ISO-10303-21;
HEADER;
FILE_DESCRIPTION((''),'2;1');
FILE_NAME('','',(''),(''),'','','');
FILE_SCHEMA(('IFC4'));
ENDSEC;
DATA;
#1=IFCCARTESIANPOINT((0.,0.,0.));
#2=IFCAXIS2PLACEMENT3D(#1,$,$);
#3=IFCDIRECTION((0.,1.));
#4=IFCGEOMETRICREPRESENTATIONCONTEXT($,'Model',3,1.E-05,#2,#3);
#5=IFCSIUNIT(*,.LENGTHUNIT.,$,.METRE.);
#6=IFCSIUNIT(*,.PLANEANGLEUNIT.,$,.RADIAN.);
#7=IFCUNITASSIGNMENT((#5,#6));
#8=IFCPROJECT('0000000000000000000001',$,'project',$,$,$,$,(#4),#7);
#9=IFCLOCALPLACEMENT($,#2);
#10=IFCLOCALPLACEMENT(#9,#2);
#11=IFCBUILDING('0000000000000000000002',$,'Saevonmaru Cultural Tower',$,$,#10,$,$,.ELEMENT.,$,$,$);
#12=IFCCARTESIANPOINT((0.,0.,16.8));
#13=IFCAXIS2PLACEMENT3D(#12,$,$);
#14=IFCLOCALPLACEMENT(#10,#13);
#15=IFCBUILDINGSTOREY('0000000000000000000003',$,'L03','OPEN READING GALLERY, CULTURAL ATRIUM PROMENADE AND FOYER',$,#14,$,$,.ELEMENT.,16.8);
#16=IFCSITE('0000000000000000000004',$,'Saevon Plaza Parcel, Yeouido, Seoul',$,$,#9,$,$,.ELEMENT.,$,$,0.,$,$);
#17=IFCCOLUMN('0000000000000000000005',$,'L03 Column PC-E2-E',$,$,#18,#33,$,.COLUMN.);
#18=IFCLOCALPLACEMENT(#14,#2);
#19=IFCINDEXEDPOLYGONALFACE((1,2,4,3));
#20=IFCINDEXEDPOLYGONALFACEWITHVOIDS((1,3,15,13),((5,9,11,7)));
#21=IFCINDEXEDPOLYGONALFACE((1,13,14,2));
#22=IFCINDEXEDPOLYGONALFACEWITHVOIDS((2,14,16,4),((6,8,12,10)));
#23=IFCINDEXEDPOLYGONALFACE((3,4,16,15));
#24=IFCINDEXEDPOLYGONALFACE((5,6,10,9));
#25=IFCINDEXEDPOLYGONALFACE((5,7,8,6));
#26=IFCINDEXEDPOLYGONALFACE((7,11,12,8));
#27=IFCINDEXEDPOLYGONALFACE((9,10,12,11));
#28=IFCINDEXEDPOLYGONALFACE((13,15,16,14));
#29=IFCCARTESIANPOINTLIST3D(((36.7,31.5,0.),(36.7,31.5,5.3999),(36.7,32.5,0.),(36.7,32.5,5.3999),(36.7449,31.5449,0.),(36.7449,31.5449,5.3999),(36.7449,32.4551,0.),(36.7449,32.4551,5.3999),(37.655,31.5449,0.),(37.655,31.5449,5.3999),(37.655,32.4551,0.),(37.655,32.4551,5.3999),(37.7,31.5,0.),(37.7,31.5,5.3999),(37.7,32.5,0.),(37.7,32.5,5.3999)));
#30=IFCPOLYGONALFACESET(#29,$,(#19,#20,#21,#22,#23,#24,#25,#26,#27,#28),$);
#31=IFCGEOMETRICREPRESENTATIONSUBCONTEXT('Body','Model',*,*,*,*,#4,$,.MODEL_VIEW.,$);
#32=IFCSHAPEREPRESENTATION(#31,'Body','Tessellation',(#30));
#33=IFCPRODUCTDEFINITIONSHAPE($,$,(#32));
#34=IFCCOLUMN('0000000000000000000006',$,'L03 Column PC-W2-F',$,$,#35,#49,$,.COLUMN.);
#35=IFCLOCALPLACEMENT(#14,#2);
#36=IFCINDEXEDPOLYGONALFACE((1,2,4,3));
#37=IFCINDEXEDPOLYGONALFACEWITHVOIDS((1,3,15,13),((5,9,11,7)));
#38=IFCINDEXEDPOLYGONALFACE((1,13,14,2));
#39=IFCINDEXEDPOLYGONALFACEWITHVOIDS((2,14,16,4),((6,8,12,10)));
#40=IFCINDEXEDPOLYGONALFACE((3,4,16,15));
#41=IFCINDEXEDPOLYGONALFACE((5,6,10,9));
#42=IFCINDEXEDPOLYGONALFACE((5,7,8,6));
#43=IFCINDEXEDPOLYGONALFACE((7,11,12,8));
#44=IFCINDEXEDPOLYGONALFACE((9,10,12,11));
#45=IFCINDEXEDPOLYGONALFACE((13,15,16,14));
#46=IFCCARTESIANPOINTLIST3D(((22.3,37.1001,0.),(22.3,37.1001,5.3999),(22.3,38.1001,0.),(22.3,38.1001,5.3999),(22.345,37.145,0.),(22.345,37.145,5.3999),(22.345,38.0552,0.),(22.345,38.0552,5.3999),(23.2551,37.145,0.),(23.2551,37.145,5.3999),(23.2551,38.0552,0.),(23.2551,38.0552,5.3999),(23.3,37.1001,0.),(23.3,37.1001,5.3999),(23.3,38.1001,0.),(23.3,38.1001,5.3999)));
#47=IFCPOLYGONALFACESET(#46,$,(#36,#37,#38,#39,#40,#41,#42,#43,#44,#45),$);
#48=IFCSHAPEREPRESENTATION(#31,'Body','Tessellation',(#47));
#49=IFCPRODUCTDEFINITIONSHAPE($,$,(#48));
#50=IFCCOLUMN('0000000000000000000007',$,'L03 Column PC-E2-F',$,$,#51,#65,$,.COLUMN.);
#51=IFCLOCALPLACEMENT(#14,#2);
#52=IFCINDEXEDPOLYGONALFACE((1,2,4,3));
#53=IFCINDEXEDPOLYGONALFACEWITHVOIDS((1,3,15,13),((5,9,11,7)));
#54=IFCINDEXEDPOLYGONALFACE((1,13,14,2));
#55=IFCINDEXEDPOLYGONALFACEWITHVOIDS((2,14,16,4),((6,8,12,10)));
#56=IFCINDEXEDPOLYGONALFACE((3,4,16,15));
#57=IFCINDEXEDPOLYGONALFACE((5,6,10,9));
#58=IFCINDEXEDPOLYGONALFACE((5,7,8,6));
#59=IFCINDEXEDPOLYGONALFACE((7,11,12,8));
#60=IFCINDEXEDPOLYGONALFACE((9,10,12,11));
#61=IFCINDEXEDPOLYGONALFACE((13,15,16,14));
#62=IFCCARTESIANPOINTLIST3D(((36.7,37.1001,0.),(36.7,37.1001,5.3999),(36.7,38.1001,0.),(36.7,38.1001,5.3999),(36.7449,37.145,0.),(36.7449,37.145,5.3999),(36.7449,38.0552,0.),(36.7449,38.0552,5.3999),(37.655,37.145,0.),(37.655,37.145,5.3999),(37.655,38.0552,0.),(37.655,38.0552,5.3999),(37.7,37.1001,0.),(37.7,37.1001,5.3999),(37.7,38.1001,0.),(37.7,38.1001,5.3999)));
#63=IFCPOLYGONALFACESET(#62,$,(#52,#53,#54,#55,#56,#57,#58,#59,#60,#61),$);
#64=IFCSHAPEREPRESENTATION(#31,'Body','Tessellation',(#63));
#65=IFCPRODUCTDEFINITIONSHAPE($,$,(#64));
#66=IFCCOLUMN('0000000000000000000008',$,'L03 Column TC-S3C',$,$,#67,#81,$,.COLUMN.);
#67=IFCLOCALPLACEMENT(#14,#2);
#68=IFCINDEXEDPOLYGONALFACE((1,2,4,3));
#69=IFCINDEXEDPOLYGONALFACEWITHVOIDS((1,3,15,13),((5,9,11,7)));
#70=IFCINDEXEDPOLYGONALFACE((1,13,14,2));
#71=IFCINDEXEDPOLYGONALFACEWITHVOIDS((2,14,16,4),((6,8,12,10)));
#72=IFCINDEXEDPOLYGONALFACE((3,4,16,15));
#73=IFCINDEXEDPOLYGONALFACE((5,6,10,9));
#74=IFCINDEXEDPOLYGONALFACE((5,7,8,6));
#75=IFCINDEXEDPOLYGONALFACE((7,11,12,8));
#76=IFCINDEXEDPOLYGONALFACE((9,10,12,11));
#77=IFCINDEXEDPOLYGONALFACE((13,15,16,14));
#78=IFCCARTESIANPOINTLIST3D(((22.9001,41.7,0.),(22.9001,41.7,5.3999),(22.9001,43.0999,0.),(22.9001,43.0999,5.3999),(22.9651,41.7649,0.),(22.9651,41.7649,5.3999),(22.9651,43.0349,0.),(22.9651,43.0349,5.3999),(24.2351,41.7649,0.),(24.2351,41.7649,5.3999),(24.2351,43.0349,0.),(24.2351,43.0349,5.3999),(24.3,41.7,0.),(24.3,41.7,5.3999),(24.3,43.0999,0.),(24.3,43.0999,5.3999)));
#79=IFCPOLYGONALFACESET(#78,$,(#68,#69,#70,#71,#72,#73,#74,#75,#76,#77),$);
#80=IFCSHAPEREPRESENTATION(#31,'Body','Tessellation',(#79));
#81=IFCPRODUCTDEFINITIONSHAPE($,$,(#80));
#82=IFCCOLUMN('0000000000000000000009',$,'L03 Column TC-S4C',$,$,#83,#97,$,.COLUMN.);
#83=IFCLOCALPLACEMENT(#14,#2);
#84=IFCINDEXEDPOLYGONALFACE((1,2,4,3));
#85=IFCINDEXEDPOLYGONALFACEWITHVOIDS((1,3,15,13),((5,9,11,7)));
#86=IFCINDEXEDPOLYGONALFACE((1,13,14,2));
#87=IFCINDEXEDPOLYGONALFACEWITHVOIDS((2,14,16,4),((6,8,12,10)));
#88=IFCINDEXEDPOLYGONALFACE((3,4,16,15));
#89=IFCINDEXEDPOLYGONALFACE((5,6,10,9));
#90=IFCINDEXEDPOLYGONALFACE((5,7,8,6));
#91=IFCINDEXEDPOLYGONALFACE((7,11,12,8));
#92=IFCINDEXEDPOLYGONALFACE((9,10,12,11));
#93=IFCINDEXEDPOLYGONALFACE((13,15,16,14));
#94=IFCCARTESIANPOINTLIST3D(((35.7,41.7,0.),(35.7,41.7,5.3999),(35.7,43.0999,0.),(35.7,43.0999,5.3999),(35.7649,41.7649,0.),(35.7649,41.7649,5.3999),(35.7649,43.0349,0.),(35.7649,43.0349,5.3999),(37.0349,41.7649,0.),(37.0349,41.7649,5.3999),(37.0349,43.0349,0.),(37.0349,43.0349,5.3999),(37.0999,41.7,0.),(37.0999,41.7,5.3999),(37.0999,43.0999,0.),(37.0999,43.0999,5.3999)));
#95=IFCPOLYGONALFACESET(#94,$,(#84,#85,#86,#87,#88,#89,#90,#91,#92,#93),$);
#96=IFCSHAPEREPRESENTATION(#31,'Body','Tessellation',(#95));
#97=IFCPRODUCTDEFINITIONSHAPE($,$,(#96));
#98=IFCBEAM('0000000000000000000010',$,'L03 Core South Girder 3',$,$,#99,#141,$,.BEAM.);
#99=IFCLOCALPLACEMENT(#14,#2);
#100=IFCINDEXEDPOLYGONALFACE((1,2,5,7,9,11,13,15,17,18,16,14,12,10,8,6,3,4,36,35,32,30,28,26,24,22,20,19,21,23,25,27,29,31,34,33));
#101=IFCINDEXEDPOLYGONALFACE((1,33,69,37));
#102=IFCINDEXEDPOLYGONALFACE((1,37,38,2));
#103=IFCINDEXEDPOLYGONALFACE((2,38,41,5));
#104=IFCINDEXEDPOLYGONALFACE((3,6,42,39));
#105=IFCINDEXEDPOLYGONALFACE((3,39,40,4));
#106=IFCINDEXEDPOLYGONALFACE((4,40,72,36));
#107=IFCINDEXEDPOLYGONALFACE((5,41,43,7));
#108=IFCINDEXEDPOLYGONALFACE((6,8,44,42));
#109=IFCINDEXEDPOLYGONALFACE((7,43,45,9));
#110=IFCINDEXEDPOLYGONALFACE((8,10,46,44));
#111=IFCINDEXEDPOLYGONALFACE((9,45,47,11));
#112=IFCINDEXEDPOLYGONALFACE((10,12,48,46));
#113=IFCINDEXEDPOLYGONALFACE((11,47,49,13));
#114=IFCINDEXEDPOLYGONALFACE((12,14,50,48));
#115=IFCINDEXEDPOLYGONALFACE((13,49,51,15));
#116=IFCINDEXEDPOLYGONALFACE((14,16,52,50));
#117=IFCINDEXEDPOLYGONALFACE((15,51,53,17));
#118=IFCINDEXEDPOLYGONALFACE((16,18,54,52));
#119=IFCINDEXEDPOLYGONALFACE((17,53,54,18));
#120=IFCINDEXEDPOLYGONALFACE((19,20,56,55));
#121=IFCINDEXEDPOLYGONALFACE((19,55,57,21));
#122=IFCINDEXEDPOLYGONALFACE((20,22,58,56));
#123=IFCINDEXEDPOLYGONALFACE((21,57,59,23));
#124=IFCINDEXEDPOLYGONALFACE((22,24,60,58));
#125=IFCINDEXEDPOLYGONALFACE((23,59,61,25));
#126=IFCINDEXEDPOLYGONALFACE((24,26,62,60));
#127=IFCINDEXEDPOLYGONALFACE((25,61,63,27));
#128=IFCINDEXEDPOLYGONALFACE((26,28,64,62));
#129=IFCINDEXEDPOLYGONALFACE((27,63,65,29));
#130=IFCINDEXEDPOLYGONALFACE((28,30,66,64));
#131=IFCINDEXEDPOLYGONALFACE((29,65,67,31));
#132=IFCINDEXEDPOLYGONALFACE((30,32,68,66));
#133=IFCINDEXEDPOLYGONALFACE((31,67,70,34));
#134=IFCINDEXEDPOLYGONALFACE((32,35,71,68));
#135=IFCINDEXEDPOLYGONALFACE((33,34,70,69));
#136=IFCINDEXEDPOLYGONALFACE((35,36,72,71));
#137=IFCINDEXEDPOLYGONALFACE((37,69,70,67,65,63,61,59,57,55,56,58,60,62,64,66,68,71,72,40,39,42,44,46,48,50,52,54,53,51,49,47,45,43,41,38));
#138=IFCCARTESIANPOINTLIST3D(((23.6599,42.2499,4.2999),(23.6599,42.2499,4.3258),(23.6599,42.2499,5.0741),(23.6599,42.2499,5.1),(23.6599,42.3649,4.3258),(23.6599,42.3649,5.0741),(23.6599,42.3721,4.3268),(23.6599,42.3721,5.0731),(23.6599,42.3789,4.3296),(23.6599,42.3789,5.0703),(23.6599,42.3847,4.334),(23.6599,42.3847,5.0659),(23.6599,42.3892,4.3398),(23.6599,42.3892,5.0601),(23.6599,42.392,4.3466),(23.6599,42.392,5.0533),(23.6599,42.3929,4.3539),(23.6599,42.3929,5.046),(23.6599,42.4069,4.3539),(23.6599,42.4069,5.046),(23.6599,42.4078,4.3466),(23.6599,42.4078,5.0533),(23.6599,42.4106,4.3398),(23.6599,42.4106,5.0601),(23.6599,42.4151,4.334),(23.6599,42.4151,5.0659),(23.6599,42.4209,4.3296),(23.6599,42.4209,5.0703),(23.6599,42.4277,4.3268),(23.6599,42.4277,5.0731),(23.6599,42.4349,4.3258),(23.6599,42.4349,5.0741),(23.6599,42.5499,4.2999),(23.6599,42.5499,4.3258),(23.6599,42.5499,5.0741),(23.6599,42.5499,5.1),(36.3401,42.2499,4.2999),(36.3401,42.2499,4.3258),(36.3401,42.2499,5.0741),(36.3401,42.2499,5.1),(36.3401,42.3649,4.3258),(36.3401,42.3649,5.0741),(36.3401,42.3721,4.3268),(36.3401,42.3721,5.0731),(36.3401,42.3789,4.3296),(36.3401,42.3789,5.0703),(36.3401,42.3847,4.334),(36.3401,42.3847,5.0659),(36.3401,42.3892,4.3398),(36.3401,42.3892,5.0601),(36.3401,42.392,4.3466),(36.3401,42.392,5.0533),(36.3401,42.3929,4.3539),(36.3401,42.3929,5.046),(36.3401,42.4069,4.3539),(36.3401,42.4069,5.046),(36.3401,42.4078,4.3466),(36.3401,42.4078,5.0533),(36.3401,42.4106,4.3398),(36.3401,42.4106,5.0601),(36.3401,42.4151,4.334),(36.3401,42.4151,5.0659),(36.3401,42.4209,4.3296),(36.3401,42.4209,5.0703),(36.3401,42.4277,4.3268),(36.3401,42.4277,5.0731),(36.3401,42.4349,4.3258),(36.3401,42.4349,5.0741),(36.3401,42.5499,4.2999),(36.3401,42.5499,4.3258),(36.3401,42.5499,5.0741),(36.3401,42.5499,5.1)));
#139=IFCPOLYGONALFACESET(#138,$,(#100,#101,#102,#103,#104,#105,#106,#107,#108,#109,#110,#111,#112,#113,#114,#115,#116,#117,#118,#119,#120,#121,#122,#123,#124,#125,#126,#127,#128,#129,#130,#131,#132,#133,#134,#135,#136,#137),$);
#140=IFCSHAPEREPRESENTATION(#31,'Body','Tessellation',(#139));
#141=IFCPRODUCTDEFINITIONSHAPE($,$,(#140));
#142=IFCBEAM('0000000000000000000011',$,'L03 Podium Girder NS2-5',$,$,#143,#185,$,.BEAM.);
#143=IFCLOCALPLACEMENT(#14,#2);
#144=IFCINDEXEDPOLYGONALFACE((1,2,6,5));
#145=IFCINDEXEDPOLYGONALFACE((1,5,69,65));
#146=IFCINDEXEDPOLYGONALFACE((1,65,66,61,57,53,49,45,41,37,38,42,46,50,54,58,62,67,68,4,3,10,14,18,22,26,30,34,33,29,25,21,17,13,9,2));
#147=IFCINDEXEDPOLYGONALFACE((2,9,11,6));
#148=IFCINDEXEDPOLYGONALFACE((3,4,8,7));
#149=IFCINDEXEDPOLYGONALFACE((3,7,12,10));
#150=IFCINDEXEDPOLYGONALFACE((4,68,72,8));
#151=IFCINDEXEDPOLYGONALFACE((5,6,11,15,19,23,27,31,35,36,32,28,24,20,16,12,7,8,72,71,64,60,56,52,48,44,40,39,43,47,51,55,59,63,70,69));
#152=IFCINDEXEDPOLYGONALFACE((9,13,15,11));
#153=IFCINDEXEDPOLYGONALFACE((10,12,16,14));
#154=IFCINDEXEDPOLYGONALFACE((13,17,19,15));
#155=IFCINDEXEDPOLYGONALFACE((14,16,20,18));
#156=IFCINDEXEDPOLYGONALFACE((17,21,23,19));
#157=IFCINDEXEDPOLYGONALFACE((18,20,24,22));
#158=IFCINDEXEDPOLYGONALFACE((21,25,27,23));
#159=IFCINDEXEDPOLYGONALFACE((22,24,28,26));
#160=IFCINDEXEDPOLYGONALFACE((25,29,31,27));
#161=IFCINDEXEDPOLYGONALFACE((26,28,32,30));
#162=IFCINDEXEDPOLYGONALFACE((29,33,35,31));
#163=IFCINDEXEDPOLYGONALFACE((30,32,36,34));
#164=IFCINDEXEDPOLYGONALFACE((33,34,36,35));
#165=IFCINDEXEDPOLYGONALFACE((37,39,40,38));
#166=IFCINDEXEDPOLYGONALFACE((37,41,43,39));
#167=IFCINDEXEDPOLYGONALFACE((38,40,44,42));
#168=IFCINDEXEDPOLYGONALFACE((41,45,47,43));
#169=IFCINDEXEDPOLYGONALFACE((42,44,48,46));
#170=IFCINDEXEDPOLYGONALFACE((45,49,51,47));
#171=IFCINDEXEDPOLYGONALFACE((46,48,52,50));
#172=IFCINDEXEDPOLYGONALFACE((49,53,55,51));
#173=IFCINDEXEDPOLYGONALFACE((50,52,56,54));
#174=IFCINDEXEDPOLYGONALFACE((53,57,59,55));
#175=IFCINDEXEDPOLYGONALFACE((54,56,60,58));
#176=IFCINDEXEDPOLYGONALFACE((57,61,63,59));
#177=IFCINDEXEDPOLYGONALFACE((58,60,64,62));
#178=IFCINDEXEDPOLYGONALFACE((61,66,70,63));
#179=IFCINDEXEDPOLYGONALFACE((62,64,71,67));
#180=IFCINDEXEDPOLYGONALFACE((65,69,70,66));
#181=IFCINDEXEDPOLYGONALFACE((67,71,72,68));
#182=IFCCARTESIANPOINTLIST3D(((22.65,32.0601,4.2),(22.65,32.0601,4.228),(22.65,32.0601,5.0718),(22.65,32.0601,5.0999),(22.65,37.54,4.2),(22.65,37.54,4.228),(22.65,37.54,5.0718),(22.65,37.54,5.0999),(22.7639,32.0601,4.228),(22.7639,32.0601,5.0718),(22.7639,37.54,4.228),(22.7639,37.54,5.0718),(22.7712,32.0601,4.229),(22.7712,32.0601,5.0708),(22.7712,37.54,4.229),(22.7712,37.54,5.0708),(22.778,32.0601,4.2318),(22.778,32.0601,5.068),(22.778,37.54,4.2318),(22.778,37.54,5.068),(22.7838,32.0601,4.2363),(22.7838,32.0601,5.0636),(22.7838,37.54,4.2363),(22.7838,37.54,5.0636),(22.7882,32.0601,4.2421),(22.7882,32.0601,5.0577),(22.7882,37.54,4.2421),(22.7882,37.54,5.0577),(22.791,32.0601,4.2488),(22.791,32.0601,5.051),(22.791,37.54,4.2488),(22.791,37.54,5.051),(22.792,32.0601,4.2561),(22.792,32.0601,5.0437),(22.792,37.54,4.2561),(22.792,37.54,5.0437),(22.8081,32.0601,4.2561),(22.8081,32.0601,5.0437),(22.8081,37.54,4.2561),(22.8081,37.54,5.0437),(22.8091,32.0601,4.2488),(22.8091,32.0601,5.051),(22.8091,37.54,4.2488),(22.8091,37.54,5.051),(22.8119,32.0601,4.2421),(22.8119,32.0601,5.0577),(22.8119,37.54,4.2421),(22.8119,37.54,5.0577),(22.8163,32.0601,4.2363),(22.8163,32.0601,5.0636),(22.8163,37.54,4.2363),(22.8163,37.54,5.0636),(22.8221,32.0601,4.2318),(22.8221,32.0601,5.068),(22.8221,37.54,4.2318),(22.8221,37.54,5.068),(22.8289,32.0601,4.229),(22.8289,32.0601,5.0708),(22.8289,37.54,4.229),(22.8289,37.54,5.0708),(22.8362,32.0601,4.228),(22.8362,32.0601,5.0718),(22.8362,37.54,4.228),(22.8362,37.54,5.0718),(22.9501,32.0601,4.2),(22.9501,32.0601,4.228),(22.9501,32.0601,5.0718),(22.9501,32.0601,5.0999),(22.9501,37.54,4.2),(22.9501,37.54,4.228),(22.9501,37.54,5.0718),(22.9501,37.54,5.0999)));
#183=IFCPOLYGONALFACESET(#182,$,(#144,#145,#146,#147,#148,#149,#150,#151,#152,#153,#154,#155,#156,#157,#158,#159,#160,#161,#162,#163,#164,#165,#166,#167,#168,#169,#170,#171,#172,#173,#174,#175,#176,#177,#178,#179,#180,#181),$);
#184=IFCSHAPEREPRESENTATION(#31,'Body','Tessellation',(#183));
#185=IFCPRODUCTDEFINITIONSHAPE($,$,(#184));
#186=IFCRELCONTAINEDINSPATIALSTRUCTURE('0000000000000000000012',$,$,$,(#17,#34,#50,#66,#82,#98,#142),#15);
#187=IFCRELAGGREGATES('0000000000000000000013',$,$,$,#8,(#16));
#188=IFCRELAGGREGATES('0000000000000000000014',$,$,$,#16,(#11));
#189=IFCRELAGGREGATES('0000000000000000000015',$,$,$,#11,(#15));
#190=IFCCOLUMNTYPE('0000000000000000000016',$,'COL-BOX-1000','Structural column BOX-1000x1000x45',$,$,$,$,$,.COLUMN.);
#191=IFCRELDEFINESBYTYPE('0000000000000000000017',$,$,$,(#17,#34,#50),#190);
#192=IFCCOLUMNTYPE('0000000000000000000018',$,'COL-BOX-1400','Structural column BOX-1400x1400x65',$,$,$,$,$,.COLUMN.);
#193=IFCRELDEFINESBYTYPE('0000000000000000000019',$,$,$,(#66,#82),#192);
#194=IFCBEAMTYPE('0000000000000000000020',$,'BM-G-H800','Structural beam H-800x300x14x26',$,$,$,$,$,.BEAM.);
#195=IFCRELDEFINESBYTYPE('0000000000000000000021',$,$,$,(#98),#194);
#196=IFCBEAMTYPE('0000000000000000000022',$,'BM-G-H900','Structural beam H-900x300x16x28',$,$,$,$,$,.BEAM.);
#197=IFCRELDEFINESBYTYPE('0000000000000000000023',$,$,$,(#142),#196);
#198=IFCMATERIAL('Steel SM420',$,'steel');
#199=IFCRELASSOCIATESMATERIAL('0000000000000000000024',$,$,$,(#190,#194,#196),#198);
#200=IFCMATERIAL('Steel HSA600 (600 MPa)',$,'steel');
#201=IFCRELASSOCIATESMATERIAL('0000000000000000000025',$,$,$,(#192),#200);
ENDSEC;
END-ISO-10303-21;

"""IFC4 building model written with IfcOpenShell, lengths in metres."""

from ifc_helpers import new_model, si_unit, direction, frame, origin, origin_2d, place, context, subcontext, project, spatial, hollow_rectangle, i_section, extrude, material, material_profile, profile_set, type_object, element, save


model = new_model("IFC4")

# Units and contexts
model_context = context("Model", 3, precision=1e-05, world=origin(), true_north=direction((0.0, 1.0)))
body_context = subcontext(model_context, "Body", "Model", "MODEL_VIEW")
ifc_project = project(units=[si_unit("LENGTHUNIT", "METRE"), si_unit("PLANEANGLEUNIT", "RADIAN")], contexts=[model_context])

# Site, building, storey
site_placement = place(None, origin())
site = spatial("IfcSite", under=ifc_project, at=site_placement, Name="Saevon Plaza Parcel, Yeouido, Seoul", CompositionType="ELEMENT", RefElevation=0.0)
building_placement = place(site_placement, origin())
building = spatial("IfcBuilding", under=site, at=building_placement, Name="Saevonmaru Cultural Tower", CompositionType="ELEMENT")
storey_placement = place(building_placement, frame((0.0, 0.0, 16.8)))
storey = spatial("IfcBuildingStorey", under=building, at=storey_placement, Name="L03", Description="OPEN READING GALLERY, CULTURAL ATRIUM PROMENADE AND FOYER", CompositionType="ELEMENT", Elevation=16.8)

# Columns
ifc_material_1 = material(Name="Steel SM420", Category="steel")
ifc_material_profile_1 = material_profile(ifc_material_1, hollow_rectangle(XDim=1.0, YDim=1.0, WallThickness=0.0449, at=origin_2d()), Name="BOX-1000x1000x45")
ifc_profile_set_1 = profile_set([ifc_material_profile_1], Name="Steel SM420")
column_type_1 = type_object("IfcColumnType", Name="COL-BOX-1000", Description="Structural column BOX-1000x1000x45", PredefinedType="COLUMN", material=ifc_profile_set_1)
for number, where, z_axis, x_axis, name in (
    (1, (37.2, 32.0, 0.0), (0.0, 0.0, 1.0), (1.0, 0.0, 0.0), "L03 Column PC-E2-E"),
    (2, (22.8, 37.6001, 0.0), (0.0, 0.0, 1.0), (1.0, 0.0, 0.0), "L03 Column PC-W2-F"),
    (3, (37.2, 37.6001, 0.0), (0.0, 0.0, 1.0), (1.0, 0.0, 0.0), "L03 Column PC-E2-F"),
):
    element("IfcColumn", number, at=place(storey_placement, frame(where, z_axis=z_axis, x_axis=x_axis)), inside=storey, type_object=column_type_1, Name=name, PredefinedType="COLUMN", context=body_context, shape_type="SweptSolid", body=[
        extrude(hollow_rectangle(XDim=1.0, YDim=1.0, WallThickness=0.0449, at=origin_2d()), origin(), (0.0, 0.0, 1.0), 5.3999),
    ])
ifc_material_2 = material(Name="Steel HSA600 (600 MPa)", Category="steel")
ifc_material_profile_2 = material_profile(ifc_material_2, hollow_rectangle(XDim=1.3999, YDim=1.3999, WallThickness=0.0649, at=origin_2d()), Name="BOX-1400x1400x65")
ifc_profile_set_2 = profile_set([ifc_material_profile_2], Name="Steel HSA600 (600 MPa)")
column_type_2 = type_object("IfcColumnType", Name="COL-BOX-1400", Description="Structural column BOX-1400x1400x65", PredefinedType="COLUMN", material=ifc_profile_set_2)
for number, where, z_axis, x_axis, name in (
    (4, (23.6001, 42.3999, 0.0), (0.0, 0.0, 1.0), (1.0, 0.0, 0.0), "L03 Column TC-S3C"),
    (5, (36.3999, 42.3999, 0.0), (0.0, 0.0, 1.0), (1.0, 0.0, 0.0), "L03 Column TC-S4C"),
):
    element("IfcColumn", number, at=place(storey_placement, frame(where, z_axis=z_axis, x_axis=x_axis)), inside=storey, type_object=column_type_2, Name=name, PredefinedType="COLUMN", context=body_context, shape_type="SweptSolid", body=[
        extrude(hollow_rectangle(XDim=1.3999, YDim=1.3999, WallThickness=0.0649, at=origin_2d()), origin(), (0.0, 0.0, 1.0), 5.3999),
    ])

# Beams
ifc_material_profile_3 = material_profile(ifc_material_1, i_section(OverallWidth=0.3, OverallDepth=0.8, WebThickness=0.0139, FlangeThickness=0.0259, FilletRadius=0.0281, at=origin_2d()), Name="H-800x300x14x26")
ifc_profile_set_3 = profile_set([ifc_material_profile_3], Name="Steel SM420")
beam_type_1 = type_object("IfcBeamType", Name="BM-G-H800", Description="Structural beam H-800x300x14x26", PredefinedType="BEAM", material=ifc_profile_set_3)
beam_1_placement = place(storey_placement, frame((23.6599, 42.3999, 4.7), z_axis=(1.0, 0.0, 0.0), x_axis=(0.0, 1.0, 0.0)))
element("IfcBeam", 6, at=beam_1_placement, inside=storey, type_object=beam_type_1, Name="L03 Core South Girder 3", PredefinedType="BEAM", context=body_context, shape_type="SweptSolid", body=[
    extrude(i_section(OverallWidth=0.3, OverallDepth=0.8, WebThickness=0.0139, FlangeThickness=0.0259, FilletRadius=0.0281, at=origin_2d()), origin(), (0.0, 0.0, 1.0), 12.6802),
])
ifc_material_profile_4 = material_profile(ifc_material_1, i_section(OverallWidth=0.3, OverallDepth=0.8999, WebThickness=0.0161, FlangeThickness=0.0281, FilletRadius=0.0281, at=origin_2d()), Name="H-900x300x16x28")
ifc_profile_set_4 = profile_set([ifc_material_profile_4], Name="Steel SM420")
beam_type_2 = type_object("IfcBeamType", Name="BM-G-H900", Description="Structural beam H-900x300x16x28", PredefinedType="BEAM", material=ifc_profile_set_4)
beam_2_placement = place(storey_placement, frame((22.8, 32.0601, 4.6499), z_axis=(0.0, 1.0, 0.0), x_axis=(-1.0, 0.0, 0.0)))
element("IfcBeam", 7, at=beam_2_placement, inside=storey, type_object=beam_type_2, Name="L03 Podium Girder NS2-5", PredefinedType="BEAM", context=body_context, shape_type="SweptSolid", body=[
    extrude(i_section(OverallWidth=0.3, OverallDepth=0.8999, WebThickness=0.0161, FlangeThickness=0.0281, FilletRadius=0.0281, at=origin_2d()), origin(), (0.0, 0.0, 1.0), 5.48),
])

save(model, "model.ifc")
